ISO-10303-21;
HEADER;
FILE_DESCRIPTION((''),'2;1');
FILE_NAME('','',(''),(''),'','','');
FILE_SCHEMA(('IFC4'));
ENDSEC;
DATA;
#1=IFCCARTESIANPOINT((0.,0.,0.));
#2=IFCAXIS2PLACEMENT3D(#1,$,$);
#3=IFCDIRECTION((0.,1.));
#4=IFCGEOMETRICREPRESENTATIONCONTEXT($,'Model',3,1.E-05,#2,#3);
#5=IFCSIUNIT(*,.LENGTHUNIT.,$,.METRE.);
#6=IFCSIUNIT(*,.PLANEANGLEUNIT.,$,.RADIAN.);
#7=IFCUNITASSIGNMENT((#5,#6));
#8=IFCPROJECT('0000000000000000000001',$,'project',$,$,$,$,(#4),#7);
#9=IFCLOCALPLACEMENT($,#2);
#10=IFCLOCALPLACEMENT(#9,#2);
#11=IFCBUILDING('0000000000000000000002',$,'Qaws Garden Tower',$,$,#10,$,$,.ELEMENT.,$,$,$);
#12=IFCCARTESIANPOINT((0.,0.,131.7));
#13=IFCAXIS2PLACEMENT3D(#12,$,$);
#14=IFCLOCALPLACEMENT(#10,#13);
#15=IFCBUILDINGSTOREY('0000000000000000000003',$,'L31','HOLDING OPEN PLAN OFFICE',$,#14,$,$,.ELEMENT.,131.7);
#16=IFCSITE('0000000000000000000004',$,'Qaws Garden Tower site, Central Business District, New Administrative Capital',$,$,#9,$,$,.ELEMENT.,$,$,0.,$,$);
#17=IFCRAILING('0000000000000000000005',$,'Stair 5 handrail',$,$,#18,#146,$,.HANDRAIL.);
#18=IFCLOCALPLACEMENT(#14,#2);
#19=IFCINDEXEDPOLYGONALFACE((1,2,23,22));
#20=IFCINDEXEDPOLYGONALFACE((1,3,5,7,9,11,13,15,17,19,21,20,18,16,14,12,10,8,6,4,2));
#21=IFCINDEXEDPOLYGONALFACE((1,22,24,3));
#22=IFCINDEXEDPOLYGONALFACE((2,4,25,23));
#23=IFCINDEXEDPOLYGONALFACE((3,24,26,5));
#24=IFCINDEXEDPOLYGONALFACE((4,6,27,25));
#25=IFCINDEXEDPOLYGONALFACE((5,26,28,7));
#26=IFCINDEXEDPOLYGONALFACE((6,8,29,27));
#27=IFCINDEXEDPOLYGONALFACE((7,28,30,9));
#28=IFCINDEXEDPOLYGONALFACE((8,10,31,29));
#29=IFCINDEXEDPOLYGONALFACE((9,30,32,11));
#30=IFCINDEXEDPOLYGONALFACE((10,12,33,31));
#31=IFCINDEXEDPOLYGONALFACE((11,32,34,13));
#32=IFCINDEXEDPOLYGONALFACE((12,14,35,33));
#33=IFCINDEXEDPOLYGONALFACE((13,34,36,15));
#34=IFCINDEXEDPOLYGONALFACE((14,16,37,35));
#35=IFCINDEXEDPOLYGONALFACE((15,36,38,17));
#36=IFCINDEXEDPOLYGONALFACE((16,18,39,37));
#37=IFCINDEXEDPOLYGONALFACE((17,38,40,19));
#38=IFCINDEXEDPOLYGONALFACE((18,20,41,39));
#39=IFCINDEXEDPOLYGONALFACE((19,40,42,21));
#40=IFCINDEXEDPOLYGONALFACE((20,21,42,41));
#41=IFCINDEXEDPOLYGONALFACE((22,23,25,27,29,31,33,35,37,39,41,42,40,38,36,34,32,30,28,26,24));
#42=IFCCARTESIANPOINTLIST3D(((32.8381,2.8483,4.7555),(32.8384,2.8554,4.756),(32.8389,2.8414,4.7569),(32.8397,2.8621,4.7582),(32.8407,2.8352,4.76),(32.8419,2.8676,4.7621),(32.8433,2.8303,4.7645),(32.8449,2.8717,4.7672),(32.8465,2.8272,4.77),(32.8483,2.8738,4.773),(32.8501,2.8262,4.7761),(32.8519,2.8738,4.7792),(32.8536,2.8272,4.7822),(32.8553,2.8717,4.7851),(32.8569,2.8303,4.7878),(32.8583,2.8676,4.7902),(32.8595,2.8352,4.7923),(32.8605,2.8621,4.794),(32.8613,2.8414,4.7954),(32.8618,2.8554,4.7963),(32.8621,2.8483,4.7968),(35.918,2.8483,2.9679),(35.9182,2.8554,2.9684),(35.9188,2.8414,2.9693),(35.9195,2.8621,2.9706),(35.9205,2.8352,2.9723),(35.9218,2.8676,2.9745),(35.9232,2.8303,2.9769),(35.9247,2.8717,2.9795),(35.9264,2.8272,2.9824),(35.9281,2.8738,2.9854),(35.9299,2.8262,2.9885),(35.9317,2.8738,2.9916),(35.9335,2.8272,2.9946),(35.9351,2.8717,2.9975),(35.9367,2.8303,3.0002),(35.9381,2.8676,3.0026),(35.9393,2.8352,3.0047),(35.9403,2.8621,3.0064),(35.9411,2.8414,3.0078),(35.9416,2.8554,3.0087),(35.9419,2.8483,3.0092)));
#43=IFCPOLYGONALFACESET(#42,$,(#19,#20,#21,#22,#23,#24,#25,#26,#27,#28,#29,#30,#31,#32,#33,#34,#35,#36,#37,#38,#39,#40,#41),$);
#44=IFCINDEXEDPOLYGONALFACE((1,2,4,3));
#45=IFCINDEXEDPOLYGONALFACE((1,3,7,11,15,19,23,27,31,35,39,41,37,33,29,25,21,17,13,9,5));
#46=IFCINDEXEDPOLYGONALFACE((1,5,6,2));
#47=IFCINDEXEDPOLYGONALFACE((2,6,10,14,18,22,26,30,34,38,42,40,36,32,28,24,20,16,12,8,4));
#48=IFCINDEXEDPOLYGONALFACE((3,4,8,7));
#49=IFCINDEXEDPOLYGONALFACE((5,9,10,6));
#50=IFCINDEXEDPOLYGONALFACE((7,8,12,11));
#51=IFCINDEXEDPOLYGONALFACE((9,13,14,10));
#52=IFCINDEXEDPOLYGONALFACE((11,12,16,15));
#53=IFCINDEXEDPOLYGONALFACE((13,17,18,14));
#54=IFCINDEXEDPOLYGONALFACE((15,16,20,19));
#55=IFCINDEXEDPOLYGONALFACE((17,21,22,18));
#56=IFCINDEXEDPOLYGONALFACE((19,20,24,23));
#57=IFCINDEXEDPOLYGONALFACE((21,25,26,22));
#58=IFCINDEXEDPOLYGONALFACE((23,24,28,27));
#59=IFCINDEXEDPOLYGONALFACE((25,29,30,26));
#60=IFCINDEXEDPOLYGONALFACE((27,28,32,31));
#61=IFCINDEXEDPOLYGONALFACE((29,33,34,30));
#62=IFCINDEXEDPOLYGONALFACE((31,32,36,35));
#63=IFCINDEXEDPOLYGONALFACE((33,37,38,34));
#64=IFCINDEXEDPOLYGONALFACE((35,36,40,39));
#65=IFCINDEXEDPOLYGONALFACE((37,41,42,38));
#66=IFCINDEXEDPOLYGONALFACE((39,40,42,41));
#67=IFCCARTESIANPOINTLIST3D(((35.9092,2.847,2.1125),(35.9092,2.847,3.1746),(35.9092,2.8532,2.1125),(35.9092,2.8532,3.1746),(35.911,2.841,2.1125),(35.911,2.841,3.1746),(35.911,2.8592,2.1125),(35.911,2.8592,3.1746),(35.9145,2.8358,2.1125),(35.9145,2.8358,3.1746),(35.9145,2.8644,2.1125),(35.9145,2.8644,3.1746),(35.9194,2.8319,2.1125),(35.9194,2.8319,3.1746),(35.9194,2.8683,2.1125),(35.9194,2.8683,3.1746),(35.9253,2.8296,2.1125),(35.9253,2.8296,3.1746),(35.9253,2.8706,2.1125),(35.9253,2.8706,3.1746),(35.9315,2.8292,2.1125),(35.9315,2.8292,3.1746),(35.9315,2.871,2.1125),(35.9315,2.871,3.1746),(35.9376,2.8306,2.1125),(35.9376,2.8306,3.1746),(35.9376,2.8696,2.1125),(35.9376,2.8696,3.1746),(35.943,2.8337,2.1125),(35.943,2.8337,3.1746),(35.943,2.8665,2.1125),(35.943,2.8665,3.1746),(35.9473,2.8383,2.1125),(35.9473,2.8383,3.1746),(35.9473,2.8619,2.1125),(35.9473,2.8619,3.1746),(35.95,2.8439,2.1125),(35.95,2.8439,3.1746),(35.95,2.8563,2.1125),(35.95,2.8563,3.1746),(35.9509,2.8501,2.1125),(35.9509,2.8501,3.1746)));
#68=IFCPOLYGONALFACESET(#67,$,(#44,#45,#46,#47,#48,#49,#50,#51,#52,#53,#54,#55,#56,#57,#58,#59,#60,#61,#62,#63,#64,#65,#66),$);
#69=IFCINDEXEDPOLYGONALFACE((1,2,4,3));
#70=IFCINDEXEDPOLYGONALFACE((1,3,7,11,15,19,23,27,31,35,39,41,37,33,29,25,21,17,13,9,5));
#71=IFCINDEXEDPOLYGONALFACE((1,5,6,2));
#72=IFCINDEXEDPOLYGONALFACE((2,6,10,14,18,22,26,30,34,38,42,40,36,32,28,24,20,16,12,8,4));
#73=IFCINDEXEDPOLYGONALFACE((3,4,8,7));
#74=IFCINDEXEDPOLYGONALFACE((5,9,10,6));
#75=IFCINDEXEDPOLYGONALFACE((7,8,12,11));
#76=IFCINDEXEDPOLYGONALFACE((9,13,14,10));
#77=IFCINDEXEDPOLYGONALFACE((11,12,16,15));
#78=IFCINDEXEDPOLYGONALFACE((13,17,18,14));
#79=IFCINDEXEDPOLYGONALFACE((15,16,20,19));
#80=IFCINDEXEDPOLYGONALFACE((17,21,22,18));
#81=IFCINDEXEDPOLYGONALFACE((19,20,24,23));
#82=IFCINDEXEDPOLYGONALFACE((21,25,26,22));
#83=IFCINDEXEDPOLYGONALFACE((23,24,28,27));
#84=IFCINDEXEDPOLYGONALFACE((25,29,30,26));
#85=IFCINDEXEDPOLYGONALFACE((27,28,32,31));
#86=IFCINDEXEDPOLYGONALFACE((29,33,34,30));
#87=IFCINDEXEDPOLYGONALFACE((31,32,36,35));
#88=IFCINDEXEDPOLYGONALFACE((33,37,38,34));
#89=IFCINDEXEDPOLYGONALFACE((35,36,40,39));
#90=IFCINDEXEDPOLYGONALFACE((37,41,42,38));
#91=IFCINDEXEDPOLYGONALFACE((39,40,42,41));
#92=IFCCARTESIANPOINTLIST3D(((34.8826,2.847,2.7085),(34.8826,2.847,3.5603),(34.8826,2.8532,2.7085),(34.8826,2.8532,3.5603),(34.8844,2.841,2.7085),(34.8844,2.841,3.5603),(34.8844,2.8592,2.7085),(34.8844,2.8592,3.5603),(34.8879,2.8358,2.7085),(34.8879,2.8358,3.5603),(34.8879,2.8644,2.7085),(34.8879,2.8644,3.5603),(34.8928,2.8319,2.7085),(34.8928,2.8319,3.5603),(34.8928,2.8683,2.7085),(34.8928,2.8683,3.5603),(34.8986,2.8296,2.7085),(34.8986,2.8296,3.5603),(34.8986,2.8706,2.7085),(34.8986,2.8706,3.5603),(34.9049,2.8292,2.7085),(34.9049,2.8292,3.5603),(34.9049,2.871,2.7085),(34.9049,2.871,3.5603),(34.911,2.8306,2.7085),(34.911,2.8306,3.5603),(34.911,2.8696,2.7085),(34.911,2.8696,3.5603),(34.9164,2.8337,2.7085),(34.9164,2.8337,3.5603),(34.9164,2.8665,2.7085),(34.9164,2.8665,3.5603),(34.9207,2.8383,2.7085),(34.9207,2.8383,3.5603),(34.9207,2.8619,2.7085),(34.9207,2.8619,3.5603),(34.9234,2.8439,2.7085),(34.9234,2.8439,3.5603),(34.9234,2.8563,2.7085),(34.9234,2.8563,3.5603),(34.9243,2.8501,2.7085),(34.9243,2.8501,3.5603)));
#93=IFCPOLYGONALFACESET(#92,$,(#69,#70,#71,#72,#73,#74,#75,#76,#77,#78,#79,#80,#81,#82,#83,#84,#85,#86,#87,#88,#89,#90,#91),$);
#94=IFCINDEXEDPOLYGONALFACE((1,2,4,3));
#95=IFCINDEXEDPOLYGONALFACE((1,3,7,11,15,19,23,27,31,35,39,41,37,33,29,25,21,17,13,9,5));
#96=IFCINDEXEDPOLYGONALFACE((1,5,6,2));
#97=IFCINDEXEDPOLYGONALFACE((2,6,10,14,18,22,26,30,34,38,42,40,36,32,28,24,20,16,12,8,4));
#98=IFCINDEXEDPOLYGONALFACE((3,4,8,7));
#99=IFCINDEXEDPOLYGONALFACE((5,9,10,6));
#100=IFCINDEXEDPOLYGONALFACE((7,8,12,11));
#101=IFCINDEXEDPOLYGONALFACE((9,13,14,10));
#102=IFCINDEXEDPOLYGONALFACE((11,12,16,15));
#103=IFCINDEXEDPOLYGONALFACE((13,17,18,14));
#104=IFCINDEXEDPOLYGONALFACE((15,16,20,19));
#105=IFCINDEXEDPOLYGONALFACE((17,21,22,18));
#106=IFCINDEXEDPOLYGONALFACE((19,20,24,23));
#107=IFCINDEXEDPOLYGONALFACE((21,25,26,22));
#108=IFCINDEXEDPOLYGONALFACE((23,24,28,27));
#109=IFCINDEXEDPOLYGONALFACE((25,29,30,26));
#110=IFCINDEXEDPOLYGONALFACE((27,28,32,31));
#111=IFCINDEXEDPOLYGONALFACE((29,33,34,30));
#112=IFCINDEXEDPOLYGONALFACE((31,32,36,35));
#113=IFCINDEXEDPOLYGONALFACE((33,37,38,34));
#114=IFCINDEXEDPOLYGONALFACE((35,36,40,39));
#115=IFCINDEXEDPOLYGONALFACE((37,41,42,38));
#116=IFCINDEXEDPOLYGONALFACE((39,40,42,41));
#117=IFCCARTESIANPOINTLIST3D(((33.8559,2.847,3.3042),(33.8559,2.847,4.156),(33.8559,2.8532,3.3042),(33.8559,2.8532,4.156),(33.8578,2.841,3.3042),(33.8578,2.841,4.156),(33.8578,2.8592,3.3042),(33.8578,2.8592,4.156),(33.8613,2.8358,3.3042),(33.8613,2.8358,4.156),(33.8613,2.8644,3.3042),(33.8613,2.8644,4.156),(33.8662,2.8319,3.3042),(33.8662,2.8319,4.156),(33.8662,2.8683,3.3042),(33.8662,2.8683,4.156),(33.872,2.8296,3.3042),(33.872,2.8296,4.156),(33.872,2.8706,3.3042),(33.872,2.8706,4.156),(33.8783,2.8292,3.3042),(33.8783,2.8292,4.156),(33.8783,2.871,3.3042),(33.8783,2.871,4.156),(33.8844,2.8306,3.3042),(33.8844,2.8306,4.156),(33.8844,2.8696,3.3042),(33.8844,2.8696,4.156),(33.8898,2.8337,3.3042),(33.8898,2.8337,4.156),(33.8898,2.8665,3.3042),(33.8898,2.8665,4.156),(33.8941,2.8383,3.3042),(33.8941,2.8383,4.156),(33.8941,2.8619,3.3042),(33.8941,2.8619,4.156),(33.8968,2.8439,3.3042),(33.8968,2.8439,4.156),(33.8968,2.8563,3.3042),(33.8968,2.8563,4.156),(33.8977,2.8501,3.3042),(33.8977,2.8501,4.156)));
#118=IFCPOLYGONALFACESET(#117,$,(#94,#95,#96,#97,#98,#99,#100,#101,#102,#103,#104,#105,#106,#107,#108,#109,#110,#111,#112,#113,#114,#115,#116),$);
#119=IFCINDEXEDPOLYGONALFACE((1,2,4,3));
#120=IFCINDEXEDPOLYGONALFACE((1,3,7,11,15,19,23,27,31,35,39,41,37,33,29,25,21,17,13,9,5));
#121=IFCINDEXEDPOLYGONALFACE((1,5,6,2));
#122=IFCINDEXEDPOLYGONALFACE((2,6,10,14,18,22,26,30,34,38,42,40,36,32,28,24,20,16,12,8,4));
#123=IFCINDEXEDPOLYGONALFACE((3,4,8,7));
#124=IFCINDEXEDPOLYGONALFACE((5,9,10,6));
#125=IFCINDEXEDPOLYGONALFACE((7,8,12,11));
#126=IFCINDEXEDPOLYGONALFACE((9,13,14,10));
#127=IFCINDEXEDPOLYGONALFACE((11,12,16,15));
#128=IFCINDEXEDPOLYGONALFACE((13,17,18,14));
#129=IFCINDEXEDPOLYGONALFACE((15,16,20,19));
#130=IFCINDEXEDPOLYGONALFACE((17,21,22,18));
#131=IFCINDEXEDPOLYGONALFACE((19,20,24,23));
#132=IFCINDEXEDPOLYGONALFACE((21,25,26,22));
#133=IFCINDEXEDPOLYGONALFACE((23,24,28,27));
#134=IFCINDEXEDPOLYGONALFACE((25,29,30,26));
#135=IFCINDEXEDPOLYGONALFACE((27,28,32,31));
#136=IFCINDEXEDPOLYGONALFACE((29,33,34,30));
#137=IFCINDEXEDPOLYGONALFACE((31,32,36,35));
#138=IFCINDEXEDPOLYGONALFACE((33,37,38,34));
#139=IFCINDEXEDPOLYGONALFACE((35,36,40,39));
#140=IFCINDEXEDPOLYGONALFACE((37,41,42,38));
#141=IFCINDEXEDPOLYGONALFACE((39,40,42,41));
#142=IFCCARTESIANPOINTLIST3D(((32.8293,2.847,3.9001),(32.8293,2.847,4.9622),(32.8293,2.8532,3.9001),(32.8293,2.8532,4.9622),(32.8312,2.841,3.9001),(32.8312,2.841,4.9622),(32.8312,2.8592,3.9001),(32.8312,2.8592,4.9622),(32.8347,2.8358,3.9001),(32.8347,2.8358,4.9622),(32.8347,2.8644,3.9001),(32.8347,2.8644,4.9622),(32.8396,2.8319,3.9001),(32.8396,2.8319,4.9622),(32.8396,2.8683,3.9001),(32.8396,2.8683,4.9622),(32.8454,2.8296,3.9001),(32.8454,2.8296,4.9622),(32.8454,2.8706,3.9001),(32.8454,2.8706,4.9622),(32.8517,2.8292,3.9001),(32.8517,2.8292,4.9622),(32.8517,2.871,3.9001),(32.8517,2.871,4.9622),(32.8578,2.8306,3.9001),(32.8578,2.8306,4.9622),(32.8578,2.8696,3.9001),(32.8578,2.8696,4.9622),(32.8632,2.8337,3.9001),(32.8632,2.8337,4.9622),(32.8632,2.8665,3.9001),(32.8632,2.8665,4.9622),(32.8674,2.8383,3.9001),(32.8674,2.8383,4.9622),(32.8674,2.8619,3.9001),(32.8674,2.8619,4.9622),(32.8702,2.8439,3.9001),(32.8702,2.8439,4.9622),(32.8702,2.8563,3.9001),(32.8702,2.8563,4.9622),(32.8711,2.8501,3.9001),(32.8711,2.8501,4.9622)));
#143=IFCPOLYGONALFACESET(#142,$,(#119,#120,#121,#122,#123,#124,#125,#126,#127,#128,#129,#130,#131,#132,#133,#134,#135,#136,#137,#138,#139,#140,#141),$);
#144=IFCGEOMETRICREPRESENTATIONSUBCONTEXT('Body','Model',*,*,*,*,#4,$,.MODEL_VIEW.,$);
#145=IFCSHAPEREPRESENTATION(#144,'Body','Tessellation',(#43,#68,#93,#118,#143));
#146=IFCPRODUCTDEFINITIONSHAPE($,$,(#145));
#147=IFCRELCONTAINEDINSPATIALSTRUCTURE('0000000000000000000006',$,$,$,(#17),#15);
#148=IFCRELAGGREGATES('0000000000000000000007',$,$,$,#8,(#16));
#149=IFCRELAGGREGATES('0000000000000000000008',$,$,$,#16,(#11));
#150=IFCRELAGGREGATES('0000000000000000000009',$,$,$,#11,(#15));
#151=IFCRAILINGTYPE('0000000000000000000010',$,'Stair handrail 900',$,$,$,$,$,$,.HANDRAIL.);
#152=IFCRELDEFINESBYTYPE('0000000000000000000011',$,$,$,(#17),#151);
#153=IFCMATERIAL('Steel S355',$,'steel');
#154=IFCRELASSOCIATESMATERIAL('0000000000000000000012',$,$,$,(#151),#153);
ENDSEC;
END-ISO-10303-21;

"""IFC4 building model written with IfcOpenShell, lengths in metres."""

from ifc_helpers import new_model, si_unit, direction, frame, origin, origin_2d, place, context, subcontext, project, spatial, circle, extrude, material, type_object, element, save


model = new_model("IFC4")

# Units and contexts
model_context = context("Model", 3, precision=1e-05, world=origin(), true_north=direction((0.0, 1.0)))
body_context = subcontext(model_context, "Body", "Model", "MODEL_VIEW")
ifc_project = project(units=[si_unit("LENGTHUNIT", "METRE"), si_unit("PLANEANGLEUNIT", "RADIAN")], contexts=[model_context])

# Site, building, storey
site_placement = place(None, origin())
site = spatial("IfcSite", under=ifc_project, at=site_placement, Name="Qaws Garden Tower site, Central Business District, New Administrative Capital", CompositionType="ELEMENT", RefElevation=0.0)
building_placement = place(site_placement, origin())
building = spatial("IfcBuilding", under=site, at=building_placement, Name="Qaws Garden Tower", CompositionType="ELEMENT")
storey_placement = place(building_placement, frame((0.0, 0.0, 131.7)))
storey = spatial("IfcBuildingStorey", under=building, at=storey_placement, Name="L31", Description="HOLDING OPEN PLAN OFFICE", CompositionType="ELEMENT", Elevation=131.7)

# Railing
ifc_material_1 = material(Name="Steel S355", Category="steel")
railing_type = type_object("IfcRailingType", Name="Stair handrail 900", PredefinedType="HANDRAIL", material=ifc_material_1)
railing_1_placement = place(storey_placement, frame((35.9299, 2.8501, 2.1125)))
element("IfcRailing", 1, at=railing_1_placement, inside=storey, type_object=railing_type, Name="Stair 5 handrail", PredefinedType="HANDRAIL", context=body_context, shape_type="SweptSolid", body=[
    extrude(circle(Radius=0.0239, at=origin_2d()), frame((0.0, 0.0, 0.876), z_axis=(-0.864873, 0.0, 0.50199), x_axis=(0.0, -1.0, 0.0)), (0.0, 0.0, 1.0), 3.561),
    extrude(circle(Radius=0.021, at=origin_2d()), origin(), (0.0, 0.0, 1.0), 1.062),
    extrude(circle(Radius=0.021, at=origin_2d()), frame((-1.0266, 0.0, 0.5959)), (0.0, 0.0, 1.0), 0.8518),
    extrude(circle(Radius=0.021, at=origin_2d()), frame((-2.0532, 0.0, 1.1917)), (0.0, 0.0, 1.0), 0.8518),
    extrude(circle(Radius=0.021, at=origin_2d()), frame((-3.0798, 0.0, 1.7876)), (0.0, 0.0, 1.0), 1.062),
])

save(model, "model.ifc")
